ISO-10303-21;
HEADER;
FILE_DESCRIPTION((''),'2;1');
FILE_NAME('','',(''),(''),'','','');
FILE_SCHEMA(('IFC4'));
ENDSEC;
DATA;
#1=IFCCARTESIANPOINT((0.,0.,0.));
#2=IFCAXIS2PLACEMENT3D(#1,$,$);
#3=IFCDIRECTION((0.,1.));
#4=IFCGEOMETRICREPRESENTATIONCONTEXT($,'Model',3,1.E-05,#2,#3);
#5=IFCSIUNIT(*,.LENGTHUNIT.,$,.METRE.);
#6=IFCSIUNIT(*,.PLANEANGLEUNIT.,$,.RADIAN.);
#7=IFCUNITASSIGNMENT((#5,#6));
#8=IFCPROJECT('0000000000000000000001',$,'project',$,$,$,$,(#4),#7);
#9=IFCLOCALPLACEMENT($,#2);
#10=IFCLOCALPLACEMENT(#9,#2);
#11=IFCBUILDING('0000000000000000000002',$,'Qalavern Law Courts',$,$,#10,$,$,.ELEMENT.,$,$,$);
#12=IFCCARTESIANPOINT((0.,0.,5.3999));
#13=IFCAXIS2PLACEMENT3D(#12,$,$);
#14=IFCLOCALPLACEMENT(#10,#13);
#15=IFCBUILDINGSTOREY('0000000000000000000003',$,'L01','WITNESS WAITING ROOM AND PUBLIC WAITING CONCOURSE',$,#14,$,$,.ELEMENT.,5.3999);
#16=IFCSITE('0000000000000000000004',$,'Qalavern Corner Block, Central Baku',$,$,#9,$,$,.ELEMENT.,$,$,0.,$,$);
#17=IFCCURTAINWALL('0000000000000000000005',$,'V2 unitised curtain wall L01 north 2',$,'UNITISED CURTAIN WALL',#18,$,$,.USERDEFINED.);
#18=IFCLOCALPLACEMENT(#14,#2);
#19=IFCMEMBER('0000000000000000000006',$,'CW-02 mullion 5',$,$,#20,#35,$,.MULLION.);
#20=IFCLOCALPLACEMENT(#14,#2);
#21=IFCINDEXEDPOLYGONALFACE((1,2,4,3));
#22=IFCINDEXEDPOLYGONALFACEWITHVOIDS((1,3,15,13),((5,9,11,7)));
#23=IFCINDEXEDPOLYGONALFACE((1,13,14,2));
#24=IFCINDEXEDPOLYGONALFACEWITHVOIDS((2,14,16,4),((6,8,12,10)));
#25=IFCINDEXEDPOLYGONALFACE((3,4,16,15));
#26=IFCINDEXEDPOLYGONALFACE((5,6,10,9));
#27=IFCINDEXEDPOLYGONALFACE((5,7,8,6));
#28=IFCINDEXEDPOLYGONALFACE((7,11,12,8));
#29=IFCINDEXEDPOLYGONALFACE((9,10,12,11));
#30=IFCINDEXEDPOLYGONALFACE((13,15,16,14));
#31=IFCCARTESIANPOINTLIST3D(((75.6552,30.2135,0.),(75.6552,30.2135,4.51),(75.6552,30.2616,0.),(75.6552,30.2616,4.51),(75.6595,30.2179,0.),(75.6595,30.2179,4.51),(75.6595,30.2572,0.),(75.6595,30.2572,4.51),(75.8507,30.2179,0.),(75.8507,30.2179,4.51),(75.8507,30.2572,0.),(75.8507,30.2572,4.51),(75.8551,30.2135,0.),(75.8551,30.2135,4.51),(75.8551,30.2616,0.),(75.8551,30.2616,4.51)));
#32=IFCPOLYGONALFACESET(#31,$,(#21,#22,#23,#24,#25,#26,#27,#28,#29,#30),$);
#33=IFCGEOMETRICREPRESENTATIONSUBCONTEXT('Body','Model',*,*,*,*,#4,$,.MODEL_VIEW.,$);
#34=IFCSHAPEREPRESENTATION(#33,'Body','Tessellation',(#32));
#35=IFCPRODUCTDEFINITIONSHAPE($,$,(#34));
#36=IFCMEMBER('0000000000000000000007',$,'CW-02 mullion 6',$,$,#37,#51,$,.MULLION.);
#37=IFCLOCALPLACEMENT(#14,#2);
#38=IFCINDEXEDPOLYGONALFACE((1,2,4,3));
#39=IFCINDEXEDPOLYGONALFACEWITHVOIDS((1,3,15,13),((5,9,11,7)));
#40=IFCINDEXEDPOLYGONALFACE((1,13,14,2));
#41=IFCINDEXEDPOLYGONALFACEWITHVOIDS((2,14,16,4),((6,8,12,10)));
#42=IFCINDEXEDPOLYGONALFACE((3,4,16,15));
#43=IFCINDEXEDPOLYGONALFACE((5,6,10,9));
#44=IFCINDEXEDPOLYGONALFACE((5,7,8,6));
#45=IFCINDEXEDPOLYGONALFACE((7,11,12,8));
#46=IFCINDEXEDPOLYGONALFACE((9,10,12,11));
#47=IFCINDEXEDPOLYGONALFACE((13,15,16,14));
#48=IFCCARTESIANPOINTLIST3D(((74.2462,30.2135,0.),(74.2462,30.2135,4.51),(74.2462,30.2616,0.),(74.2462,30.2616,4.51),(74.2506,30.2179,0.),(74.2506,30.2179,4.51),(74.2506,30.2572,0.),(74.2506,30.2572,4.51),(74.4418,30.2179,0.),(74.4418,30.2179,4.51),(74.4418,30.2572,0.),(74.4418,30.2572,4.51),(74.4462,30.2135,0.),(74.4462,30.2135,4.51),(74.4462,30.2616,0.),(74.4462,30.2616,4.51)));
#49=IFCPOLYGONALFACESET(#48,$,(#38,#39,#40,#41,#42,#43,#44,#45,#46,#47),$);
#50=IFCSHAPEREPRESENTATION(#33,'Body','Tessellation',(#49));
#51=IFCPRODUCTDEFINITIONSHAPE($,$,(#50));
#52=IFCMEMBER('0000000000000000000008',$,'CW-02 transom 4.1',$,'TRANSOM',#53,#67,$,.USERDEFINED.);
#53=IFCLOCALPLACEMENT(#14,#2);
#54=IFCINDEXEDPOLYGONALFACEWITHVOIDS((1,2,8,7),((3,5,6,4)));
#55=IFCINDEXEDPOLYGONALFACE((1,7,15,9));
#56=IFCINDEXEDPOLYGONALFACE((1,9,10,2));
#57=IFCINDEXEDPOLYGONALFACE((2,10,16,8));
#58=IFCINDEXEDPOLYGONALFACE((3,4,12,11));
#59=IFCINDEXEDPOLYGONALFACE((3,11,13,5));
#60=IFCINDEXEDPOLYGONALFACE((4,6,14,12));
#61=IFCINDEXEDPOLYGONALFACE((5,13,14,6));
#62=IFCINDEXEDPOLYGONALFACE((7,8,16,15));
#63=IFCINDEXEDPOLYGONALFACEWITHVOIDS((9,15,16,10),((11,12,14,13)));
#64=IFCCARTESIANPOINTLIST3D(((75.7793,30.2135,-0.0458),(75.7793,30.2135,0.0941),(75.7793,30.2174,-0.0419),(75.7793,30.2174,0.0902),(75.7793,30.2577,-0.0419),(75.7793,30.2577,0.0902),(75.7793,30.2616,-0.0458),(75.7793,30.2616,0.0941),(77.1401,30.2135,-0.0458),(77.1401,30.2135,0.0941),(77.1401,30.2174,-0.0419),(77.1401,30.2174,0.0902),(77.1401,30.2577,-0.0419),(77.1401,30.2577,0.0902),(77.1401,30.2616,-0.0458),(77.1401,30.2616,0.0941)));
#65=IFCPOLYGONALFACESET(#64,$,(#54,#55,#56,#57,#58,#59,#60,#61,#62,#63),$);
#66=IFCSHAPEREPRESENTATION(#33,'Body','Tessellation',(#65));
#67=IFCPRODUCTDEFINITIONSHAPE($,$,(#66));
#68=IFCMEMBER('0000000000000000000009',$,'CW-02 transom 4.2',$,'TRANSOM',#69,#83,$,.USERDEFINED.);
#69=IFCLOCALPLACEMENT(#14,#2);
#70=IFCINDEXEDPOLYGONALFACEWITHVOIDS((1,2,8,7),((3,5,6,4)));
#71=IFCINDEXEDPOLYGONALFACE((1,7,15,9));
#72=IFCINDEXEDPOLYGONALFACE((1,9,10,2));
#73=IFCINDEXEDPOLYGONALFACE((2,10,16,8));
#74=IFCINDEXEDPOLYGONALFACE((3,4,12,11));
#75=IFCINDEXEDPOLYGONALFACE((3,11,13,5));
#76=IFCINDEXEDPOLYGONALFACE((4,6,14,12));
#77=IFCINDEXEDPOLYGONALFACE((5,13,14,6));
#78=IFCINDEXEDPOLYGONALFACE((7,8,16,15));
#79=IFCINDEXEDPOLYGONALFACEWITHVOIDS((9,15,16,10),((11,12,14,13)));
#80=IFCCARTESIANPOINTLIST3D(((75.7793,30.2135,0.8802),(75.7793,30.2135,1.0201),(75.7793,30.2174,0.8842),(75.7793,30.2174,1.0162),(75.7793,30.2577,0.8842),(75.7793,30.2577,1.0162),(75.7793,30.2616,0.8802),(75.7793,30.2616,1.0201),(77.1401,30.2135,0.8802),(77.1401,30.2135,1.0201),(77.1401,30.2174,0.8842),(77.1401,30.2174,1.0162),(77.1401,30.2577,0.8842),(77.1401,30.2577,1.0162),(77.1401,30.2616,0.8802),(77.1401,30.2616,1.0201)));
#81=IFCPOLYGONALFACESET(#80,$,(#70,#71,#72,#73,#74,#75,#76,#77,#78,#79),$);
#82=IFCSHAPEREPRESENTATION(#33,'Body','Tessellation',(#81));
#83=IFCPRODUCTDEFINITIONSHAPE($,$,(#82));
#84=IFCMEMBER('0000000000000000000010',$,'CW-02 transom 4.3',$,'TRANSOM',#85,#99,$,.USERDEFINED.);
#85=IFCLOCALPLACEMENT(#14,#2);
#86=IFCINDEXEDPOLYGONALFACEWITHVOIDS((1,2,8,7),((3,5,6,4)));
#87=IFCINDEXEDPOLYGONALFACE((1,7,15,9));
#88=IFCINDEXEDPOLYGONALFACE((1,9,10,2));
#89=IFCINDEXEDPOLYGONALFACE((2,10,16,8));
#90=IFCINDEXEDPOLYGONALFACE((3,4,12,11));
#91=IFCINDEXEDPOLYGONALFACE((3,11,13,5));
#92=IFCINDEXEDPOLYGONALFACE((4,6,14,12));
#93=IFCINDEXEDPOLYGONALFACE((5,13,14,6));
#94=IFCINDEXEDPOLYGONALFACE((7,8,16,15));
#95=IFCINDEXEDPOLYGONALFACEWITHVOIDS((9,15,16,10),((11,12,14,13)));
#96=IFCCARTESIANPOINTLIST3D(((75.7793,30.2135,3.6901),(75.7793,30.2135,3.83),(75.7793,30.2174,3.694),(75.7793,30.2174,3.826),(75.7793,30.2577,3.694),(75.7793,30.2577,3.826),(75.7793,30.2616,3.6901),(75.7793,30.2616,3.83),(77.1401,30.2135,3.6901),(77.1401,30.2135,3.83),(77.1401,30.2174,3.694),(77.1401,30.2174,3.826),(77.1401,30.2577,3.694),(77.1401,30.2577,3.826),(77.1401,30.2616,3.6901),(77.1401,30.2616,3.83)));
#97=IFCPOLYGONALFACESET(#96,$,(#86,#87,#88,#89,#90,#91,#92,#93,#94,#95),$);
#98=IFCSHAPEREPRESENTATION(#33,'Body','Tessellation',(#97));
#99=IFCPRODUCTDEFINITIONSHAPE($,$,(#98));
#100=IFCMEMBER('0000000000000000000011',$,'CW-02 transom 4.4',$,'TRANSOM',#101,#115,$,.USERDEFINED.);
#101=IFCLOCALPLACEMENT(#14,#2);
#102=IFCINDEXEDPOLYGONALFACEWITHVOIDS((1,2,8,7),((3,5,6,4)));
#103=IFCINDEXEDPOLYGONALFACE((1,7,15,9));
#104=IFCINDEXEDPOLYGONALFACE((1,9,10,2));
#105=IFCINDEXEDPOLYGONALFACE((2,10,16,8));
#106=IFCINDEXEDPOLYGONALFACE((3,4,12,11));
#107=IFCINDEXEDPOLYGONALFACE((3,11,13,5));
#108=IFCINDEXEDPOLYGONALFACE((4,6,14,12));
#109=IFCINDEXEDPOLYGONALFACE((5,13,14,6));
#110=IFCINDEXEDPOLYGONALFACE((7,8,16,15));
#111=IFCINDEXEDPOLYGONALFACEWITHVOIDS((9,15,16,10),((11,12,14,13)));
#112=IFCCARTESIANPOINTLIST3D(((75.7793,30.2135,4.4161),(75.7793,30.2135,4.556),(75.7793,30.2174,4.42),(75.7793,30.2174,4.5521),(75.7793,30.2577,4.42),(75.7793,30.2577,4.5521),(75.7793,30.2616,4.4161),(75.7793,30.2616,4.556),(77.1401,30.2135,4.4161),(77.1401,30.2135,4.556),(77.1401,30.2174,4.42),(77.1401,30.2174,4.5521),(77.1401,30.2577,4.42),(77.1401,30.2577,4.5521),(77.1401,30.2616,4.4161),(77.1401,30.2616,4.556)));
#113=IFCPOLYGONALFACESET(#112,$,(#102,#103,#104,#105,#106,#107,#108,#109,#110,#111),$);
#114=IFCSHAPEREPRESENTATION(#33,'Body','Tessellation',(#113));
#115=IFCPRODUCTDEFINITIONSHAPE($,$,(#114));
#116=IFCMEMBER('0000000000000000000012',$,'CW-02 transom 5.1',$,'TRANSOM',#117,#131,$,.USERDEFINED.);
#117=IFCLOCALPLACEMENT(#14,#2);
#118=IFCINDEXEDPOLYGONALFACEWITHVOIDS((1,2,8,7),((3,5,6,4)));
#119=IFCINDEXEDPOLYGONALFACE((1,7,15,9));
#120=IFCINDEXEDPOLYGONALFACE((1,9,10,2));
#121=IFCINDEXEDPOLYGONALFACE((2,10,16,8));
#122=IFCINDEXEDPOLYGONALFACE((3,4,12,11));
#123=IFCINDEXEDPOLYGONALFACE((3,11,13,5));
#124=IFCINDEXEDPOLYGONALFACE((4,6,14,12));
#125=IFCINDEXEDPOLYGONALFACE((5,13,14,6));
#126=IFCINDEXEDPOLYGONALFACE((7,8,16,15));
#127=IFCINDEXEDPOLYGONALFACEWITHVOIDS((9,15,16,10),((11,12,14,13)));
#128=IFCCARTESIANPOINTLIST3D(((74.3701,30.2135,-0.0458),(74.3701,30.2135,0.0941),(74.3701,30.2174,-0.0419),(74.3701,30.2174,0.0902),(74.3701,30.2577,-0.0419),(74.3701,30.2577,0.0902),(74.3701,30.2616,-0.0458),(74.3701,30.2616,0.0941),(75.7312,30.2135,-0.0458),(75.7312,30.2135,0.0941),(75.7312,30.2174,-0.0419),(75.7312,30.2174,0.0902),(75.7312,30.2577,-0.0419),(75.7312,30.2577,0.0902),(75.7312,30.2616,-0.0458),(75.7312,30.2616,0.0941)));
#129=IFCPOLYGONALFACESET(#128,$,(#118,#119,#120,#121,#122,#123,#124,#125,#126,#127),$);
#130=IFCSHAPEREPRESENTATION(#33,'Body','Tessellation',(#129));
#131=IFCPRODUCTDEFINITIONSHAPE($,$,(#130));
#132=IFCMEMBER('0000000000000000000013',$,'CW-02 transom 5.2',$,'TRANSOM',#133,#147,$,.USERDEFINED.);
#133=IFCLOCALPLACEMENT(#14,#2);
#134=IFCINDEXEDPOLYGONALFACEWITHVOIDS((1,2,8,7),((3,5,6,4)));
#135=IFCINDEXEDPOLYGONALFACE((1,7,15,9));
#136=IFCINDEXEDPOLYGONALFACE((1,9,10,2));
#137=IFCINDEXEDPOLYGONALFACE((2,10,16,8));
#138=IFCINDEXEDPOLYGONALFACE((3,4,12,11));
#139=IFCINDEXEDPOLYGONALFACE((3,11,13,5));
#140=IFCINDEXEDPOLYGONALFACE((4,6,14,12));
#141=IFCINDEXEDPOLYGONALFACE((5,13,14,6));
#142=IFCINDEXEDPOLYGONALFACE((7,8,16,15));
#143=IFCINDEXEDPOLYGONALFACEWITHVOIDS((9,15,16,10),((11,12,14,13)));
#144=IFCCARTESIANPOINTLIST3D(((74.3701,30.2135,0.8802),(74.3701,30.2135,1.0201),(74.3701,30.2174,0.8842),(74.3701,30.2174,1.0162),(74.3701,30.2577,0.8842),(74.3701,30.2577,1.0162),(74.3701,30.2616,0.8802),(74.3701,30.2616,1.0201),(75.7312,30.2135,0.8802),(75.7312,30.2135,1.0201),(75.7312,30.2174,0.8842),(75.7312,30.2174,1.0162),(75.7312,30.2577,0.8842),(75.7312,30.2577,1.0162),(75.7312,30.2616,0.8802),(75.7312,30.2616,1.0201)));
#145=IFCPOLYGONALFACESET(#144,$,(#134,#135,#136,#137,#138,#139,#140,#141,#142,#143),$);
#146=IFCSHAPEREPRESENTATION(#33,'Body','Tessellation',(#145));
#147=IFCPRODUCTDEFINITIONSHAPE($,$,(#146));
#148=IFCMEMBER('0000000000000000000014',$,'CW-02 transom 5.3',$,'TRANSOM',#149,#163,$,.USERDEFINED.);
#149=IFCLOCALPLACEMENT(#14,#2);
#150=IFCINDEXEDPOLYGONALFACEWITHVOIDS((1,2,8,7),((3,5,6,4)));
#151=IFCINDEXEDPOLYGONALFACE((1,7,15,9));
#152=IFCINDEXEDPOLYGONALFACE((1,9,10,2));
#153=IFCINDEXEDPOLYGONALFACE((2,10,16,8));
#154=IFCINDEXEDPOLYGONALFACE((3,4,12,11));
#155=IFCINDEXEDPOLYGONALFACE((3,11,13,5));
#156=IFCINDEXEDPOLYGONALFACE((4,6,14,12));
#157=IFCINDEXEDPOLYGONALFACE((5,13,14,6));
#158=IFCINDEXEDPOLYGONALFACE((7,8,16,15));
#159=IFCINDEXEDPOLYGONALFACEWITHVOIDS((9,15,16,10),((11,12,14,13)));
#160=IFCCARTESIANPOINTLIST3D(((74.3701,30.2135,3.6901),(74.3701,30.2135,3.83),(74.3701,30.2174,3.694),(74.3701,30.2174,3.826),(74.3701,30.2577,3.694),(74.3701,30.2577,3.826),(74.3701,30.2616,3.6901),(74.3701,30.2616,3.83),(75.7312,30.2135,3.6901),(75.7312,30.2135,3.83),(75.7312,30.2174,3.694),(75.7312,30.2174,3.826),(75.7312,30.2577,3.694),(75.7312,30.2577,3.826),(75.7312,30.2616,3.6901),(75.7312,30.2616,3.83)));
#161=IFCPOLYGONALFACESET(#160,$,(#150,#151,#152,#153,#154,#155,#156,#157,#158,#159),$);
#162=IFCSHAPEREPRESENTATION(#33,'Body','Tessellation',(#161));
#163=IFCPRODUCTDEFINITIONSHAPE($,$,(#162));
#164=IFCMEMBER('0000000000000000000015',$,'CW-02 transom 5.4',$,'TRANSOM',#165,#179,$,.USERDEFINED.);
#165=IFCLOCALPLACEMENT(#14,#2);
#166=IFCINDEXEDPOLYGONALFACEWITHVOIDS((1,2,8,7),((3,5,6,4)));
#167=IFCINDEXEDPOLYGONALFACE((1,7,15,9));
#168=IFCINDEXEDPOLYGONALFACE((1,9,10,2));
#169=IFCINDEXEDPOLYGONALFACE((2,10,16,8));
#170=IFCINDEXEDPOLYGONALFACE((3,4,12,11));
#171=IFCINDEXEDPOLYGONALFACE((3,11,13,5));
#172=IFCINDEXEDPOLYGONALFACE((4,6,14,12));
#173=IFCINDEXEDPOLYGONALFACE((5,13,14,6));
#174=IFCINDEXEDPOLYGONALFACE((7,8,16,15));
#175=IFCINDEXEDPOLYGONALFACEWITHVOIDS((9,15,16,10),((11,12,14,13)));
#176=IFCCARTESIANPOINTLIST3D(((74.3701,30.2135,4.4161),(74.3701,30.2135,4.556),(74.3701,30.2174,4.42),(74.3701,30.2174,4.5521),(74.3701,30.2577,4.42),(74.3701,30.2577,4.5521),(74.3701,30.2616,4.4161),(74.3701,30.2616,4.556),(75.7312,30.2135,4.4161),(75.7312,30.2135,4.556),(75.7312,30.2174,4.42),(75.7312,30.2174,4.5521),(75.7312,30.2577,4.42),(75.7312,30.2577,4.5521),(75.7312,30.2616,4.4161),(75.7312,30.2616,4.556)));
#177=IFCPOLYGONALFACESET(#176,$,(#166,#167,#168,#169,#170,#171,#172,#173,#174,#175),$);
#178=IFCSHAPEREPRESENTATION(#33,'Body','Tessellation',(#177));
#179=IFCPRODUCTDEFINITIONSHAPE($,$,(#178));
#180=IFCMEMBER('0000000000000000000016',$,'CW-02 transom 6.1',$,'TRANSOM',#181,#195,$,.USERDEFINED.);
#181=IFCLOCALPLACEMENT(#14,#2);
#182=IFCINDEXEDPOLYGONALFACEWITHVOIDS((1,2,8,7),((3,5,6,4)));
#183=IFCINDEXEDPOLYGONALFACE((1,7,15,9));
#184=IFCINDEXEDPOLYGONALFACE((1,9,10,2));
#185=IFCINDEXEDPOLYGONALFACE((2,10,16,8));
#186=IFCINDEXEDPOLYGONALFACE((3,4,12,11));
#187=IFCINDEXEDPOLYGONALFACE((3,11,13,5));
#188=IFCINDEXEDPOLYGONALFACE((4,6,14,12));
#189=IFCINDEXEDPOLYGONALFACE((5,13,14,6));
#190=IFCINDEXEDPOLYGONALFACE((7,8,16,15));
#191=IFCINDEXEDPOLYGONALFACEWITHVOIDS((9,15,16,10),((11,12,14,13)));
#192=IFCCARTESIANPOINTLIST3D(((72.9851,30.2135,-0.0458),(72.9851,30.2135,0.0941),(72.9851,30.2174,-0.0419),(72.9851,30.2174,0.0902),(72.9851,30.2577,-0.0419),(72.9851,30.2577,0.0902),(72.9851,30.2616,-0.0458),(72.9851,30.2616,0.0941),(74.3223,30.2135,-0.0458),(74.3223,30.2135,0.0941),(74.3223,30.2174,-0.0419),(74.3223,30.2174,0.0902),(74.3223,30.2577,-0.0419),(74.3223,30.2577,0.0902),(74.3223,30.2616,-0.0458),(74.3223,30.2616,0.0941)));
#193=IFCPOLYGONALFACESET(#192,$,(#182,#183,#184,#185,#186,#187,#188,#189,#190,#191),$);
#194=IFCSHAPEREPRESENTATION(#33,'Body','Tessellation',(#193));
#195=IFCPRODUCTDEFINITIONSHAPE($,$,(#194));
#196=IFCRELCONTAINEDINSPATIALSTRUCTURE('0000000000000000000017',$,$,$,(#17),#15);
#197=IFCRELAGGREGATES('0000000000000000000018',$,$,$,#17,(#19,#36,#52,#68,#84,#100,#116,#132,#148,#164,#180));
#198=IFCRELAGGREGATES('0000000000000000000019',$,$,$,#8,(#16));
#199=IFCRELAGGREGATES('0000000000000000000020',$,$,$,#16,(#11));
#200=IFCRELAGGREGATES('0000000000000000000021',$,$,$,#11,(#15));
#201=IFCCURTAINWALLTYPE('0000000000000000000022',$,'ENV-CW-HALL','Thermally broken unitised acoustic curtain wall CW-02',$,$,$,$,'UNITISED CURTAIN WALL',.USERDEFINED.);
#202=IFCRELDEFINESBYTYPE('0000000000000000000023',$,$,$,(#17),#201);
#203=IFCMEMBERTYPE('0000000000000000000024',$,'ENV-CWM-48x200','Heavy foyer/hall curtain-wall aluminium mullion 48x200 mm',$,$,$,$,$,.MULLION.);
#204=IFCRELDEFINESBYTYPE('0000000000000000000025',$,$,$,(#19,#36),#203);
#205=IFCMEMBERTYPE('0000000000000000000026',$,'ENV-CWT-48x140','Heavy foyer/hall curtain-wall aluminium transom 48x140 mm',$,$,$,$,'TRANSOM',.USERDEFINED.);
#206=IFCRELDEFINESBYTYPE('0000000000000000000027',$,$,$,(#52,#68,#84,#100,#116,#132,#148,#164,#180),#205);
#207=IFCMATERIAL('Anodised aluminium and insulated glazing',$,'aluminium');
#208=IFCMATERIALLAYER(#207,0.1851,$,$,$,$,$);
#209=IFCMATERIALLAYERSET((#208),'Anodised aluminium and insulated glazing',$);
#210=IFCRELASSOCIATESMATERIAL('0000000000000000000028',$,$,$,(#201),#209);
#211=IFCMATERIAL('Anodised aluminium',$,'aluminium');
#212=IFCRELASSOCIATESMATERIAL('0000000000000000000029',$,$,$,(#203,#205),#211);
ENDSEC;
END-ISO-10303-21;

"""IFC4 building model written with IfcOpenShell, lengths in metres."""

from ifc_helpers import new_model, si_unit, direction, frame, origin, origin_2d, place, context, subcontext, project, spatial, hollow_rectangle, extrude, material, layer, layer_set, material_profile, profile_set, type_object, element, aggregate, save


model = new_model("IFC4")

# Units and contexts
model_context = context("Model", 3, precision=1e-05, world=origin(), true_north=direction((0.0, 1.0)))
body_context = subcontext(model_context, "Body", "Model", "MODEL_VIEW")
ifc_project = project(units=[si_unit("LENGTHUNIT", "METRE"), si_unit("PLANEANGLEUNIT", "RADIAN")], contexts=[model_context])

# Site, building, storey
site_placement = place(None, origin())
site = spatial("IfcSite", under=ifc_project, at=site_placement, Name="Qalavern Corner Block, Central Baku", CompositionType="ELEMENT", RefElevation=0.0)
building_placement = place(site_placement, origin())
building = spatial("IfcBuilding", under=site, at=building_placement, Name="Qalavern Law Courts", CompositionType="ELEMENT")
storey_placement = place(building_placement, frame((0.0, 0.0, 5.3999)))
storey = spatial("IfcBuildingStorey", under=building, at=storey_placement, Name="L01", Description="WITNESS WAITING ROOM AND PUBLIC WAITING CONCOURSE", CompositionType="ELEMENT", Elevation=5.3999)

# Curtain wall, members
ifc_material_1 = material(Name="Anodised aluminium and insulated glazing", Category="aluminium")
ifc_layer_1 = layer(ifc_material_1, 0.1851)
ifc_layer_set_1 = layer_set([ifc_layer_1], Name="Anodised aluminium and insulated glazing")
curtain_wall_type = type_object("IfcCurtainWallType", Name="ENV-CW-HALL", Description="Thermally broken unitised acoustic curtain wall CW-02", ElementType="UNITISED CURTAIN WALL", PredefinedType="USERDEFINED", material=ifc_layer_set_1)
curtain_wall_placement = place(storey_placement, origin())
curtain_wall = element("IfcCurtainWall", 1, at=curtain_wall_placement, inside=storey, type_object=curtain_wall_type, Name="V2 unitised curtain wall L01 north 2", ObjectType="UNITISED CURTAIN WALL", PredefinedType="USERDEFINED")
ifc_material_2 = material(Name="Anodised aluminium", Category="aluminium")
ifc_material_profile_1 = material_profile(ifc_material_2, hollow_rectangle(XDim=0.0481, YDim=0.2, WallThickness=0.0044, at=origin_2d()), Name="ALU MULLION 48x200")
ifc_profile_set_1 = profile_set([ifc_material_profile_1], Name="Anodised aluminium")
member_type_1 = type_object("IfcMemberType", Name="ENV-CWM-48x200", Description="Heavy foyer/hall curtain-wall aluminium mullion 48x200 mm", PredefinedType="MULLION", material=ifc_profile_set_1)
member_1_placement = place(storey_placement, frame((75.7551, 30.2375, 0.0), z_axis=(0.0, 0.0, 1.0), x_axis=(0.0, -1.0, 0.0)))
member_1 = element("IfcMember", 2, at=member_1_placement, type_object=member_type_1, Name="CW-02 mullion 5", PredefinedType="MULLION", context=body_context, shape_type="SweptSolid", body=[
    extrude(hollow_rectangle(XDim=0.0481, YDim=0.2, WallThickness=0.0044, at=origin_2d()), origin(), (0.0, 0.0, 1.0), 4.51),
])
member_2_placement = place(storey_placement, frame((74.3462, 30.2375, 0.0), z_axis=(0.0, 0.0, 1.0), x_axis=(0.0, -1.0, 0.0)))
member_2 = element("IfcMember", 3, at=member_2_placement, type_object=member_type_1, Name="CW-02 mullion 6", PredefinedType="MULLION", context=body_context, shape_type="SweptSolid", body=[
    extrude(hollow_rectangle(XDim=0.0481, YDim=0.2, WallThickness=0.0044, at=origin_2d()), origin(), (0.0, 0.0, 1.0), 4.51),
])
ifc_material_profile_2 = material_profile(ifc_material_2, hollow_rectangle(XDim=0.0481, YDim=0.1399, WallThickness=0.0039, at=origin_2d()), Name="ALU TRANSOM 48x140")
ifc_profile_set_2 = profile_set([ifc_material_profile_2], Name="Anodised aluminium")
member_type_2 = type_object("IfcMemberType", Name="ENV-CWT-48x140", Description="Heavy foyer/hall curtain-wall aluminium transom 48x140 mm", ElementType="TRANSOM", PredefinedType="USERDEFINED", material=ifc_profile_set_2)
member_3_placement = place(storey_placement, frame((77.1401, 30.2375, 0.0242), z_axis=(-1.0, 0.0, 0.0), x_axis=(0.0, -1.0, 0.0)))
member_3 = element("IfcMember", 4, at=member_3_placement, type_object=member_type_2, Name="CW-02 transom 4.1", ObjectType="TRANSOM", PredefinedType="USERDEFINED", context=body_context, shape_type="SweptSolid", body=[
    extrude(hollow_rectangle(XDim=0.0481, YDim=0.1399, WallThickness=0.0039, at=origin_2d()), origin(), (0.0, 0.0, 1.0), 1.3608),
])
member_4_placement = place(storey_placement, frame((77.1401, 30.2375, 0.9502), z_axis=(-1.0, 0.0, 0.0), x_axis=(0.0, -1.0, 0.0)))
member_4 = element("IfcMember", 5, at=member_4_placement, type_object=member_type_2, Name="CW-02 transom 4.2", ObjectType="TRANSOM", PredefinedType="USERDEFINED", context=body_context, shape_type="SweptSolid", body=[
    extrude(hollow_rectangle(XDim=0.0481, YDim=0.1399, WallThickness=0.0039, at=origin_2d()), origin(), (0.0, 0.0, 1.0), 1.3608),
])
member_5_placement = place(storey_placement, frame((77.1401, 30.2375, 3.76), z_axis=(-1.0, 0.0, 0.0), x_axis=(0.0, -1.0, 0.0)))
member_5 = element("IfcMember", 6, at=member_5_placement, type_object=member_type_2, Name="CW-02 transom 4.3", ObjectType="TRANSOM", PredefinedType="USERDEFINED", context=body_context, shape_type="SweptSolid", body=[
    extrude(hollow_rectangle(XDim=0.0481, YDim=0.1399, WallThickness=0.0039, at=origin_2d()), origin(), (0.0, 0.0, 1.0), 1.3608),
])
member_6_placement = place(storey_placement, frame((77.1401, 30.2375, 4.4861), z_axis=(-1.0, 0.0, 0.0), x_axis=(0.0, -1.0, 0.0)))
member_6 = element("IfcMember", 7, at=member_6_placement, type_object=member_type_2, Name="CW-02 transom 4.4", ObjectType="TRANSOM", PredefinedType="USERDEFINED", context=body_context, shape_type="SweptSolid", body=[
    extrude(hollow_rectangle(XDim=0.0481, YDim=0.1399, WallThickness=0.0039, at=origin_2d()), origin(), (0.0, 0.0, 1.0), 1.3608),
])
member_7_placement = place(storey_placement, frame((75.7312, 30.2375, 0.0242), z_axis=(-1.0, 0.0, 0.0), x_axis=(0.0, -1.0, 0.0)))
member_7 = element("IfcMember", 8, at=member_7_placement, type_object=member_type_2, Name="CW-02 transom 5.1", ObjectType="TRANSOM", PredefinedType="USERDEFINED", context=body_context, shape_type="SweptSolid", body=[
    extrude(hollow_rectangle(XDim=0.0481, YDim=0.1399, WallThickness=0.0039, at=origin_2d()), origin(), (0.0, 0.0, 1.0), 1.3611),
])
member_8_placement = place(storey_placement, frame((75.7312, 30.2375, 0.9502), z_axis=(-1.0, 0.0, 0.0), x_axis=(0.0, -1.0, 0.0)))
member_8 = element("IfcMember", 9, at=member_8_placement, type_object=member_type_2, Name="CW-02 transom 5.2", ObjectType="TRANSOM", PredefinedType="USERDEFINED", context=body_context, shape_type="SweptSolid", body=[
    extrude(hollow_rectangle(XDim=0.0481, YDim=0.1399, WallThickness=0.0039, at=origin_2d()), origin(), (0.0, 0.0, 1.0), 1.3611),
])
member_9_placement = place(storey_placement, frame((75.7312, 30.2375, 3.76), z_axis=(-1.0, 0.0, 0.0), x_axis=(0.0, -1.0, 0.0)))
member_9 = element("IfcMember", 10, at=member_9_placement, type_object=member_type_2, Name="CW-02 transom 5.3", ObjectType="TRANSOM", PredefinedType="USERDEFINED", context=body_context, shape_type="SweptSolid", body=[
    extrude(hollow_rectangle(XDim=0.0481, YDim=0.1399, WallThickness=0.0039, at=origin_2d()), origin(), (0.0, 0.0, 1.0), 1.3611),
])
member_10_placement = place(storey_placement, frame((75.7312, 30.2375, 4.4861), z_axis=(-1.0, 0.0, 0.0), x_axis=(0.0, -1.0, 0.0)))
member_10 = element("IfcMember", 11, at=member_10_placement, type_object=member_type_2, Name="CW-02 transom 5.4", ObjectType="TRANSOM", PredefinedType="USERDEFINED", context=body_context, shape_type="SweptSolid", body=[
    extrude(hollow_rectangle(XDim=0.0481, YDim=0.1399, WallThickness=0.0039, at=origin_2d()), origin(), (0.0, 0.0, 1.0), 1.3611),
])
member_11_placement = place(storey_placement, frame((74.3223, 30.2375, 0.0242), z_axis=(-1.0, 0.0, 0.0), x_axis=(0.0, -1.0, 0.0)))
member_11 = element("IfcMember", 12, at=member_11_placement, type_object=member_type_2, Name="CW-02 transom 6.1", ObjectType="TRANSOM", PredefinedType="USERDEFINED", context=body_context, shape_type="SweptSolid", body=[
    extrude(hollow_rectangle(XDim=0.0481, YDim=0.1399, WallThickness=0.0039, at=origin_2d()), origin(), (0.0, 0.0, 1.0), 1.3372),
])
aggregate(curtain_wall, [member_1, member_2, member_3, member_4, member_5, member_6, member_7, member_8, member_9, member_10, member_11])

save(model, "model.ifc")
